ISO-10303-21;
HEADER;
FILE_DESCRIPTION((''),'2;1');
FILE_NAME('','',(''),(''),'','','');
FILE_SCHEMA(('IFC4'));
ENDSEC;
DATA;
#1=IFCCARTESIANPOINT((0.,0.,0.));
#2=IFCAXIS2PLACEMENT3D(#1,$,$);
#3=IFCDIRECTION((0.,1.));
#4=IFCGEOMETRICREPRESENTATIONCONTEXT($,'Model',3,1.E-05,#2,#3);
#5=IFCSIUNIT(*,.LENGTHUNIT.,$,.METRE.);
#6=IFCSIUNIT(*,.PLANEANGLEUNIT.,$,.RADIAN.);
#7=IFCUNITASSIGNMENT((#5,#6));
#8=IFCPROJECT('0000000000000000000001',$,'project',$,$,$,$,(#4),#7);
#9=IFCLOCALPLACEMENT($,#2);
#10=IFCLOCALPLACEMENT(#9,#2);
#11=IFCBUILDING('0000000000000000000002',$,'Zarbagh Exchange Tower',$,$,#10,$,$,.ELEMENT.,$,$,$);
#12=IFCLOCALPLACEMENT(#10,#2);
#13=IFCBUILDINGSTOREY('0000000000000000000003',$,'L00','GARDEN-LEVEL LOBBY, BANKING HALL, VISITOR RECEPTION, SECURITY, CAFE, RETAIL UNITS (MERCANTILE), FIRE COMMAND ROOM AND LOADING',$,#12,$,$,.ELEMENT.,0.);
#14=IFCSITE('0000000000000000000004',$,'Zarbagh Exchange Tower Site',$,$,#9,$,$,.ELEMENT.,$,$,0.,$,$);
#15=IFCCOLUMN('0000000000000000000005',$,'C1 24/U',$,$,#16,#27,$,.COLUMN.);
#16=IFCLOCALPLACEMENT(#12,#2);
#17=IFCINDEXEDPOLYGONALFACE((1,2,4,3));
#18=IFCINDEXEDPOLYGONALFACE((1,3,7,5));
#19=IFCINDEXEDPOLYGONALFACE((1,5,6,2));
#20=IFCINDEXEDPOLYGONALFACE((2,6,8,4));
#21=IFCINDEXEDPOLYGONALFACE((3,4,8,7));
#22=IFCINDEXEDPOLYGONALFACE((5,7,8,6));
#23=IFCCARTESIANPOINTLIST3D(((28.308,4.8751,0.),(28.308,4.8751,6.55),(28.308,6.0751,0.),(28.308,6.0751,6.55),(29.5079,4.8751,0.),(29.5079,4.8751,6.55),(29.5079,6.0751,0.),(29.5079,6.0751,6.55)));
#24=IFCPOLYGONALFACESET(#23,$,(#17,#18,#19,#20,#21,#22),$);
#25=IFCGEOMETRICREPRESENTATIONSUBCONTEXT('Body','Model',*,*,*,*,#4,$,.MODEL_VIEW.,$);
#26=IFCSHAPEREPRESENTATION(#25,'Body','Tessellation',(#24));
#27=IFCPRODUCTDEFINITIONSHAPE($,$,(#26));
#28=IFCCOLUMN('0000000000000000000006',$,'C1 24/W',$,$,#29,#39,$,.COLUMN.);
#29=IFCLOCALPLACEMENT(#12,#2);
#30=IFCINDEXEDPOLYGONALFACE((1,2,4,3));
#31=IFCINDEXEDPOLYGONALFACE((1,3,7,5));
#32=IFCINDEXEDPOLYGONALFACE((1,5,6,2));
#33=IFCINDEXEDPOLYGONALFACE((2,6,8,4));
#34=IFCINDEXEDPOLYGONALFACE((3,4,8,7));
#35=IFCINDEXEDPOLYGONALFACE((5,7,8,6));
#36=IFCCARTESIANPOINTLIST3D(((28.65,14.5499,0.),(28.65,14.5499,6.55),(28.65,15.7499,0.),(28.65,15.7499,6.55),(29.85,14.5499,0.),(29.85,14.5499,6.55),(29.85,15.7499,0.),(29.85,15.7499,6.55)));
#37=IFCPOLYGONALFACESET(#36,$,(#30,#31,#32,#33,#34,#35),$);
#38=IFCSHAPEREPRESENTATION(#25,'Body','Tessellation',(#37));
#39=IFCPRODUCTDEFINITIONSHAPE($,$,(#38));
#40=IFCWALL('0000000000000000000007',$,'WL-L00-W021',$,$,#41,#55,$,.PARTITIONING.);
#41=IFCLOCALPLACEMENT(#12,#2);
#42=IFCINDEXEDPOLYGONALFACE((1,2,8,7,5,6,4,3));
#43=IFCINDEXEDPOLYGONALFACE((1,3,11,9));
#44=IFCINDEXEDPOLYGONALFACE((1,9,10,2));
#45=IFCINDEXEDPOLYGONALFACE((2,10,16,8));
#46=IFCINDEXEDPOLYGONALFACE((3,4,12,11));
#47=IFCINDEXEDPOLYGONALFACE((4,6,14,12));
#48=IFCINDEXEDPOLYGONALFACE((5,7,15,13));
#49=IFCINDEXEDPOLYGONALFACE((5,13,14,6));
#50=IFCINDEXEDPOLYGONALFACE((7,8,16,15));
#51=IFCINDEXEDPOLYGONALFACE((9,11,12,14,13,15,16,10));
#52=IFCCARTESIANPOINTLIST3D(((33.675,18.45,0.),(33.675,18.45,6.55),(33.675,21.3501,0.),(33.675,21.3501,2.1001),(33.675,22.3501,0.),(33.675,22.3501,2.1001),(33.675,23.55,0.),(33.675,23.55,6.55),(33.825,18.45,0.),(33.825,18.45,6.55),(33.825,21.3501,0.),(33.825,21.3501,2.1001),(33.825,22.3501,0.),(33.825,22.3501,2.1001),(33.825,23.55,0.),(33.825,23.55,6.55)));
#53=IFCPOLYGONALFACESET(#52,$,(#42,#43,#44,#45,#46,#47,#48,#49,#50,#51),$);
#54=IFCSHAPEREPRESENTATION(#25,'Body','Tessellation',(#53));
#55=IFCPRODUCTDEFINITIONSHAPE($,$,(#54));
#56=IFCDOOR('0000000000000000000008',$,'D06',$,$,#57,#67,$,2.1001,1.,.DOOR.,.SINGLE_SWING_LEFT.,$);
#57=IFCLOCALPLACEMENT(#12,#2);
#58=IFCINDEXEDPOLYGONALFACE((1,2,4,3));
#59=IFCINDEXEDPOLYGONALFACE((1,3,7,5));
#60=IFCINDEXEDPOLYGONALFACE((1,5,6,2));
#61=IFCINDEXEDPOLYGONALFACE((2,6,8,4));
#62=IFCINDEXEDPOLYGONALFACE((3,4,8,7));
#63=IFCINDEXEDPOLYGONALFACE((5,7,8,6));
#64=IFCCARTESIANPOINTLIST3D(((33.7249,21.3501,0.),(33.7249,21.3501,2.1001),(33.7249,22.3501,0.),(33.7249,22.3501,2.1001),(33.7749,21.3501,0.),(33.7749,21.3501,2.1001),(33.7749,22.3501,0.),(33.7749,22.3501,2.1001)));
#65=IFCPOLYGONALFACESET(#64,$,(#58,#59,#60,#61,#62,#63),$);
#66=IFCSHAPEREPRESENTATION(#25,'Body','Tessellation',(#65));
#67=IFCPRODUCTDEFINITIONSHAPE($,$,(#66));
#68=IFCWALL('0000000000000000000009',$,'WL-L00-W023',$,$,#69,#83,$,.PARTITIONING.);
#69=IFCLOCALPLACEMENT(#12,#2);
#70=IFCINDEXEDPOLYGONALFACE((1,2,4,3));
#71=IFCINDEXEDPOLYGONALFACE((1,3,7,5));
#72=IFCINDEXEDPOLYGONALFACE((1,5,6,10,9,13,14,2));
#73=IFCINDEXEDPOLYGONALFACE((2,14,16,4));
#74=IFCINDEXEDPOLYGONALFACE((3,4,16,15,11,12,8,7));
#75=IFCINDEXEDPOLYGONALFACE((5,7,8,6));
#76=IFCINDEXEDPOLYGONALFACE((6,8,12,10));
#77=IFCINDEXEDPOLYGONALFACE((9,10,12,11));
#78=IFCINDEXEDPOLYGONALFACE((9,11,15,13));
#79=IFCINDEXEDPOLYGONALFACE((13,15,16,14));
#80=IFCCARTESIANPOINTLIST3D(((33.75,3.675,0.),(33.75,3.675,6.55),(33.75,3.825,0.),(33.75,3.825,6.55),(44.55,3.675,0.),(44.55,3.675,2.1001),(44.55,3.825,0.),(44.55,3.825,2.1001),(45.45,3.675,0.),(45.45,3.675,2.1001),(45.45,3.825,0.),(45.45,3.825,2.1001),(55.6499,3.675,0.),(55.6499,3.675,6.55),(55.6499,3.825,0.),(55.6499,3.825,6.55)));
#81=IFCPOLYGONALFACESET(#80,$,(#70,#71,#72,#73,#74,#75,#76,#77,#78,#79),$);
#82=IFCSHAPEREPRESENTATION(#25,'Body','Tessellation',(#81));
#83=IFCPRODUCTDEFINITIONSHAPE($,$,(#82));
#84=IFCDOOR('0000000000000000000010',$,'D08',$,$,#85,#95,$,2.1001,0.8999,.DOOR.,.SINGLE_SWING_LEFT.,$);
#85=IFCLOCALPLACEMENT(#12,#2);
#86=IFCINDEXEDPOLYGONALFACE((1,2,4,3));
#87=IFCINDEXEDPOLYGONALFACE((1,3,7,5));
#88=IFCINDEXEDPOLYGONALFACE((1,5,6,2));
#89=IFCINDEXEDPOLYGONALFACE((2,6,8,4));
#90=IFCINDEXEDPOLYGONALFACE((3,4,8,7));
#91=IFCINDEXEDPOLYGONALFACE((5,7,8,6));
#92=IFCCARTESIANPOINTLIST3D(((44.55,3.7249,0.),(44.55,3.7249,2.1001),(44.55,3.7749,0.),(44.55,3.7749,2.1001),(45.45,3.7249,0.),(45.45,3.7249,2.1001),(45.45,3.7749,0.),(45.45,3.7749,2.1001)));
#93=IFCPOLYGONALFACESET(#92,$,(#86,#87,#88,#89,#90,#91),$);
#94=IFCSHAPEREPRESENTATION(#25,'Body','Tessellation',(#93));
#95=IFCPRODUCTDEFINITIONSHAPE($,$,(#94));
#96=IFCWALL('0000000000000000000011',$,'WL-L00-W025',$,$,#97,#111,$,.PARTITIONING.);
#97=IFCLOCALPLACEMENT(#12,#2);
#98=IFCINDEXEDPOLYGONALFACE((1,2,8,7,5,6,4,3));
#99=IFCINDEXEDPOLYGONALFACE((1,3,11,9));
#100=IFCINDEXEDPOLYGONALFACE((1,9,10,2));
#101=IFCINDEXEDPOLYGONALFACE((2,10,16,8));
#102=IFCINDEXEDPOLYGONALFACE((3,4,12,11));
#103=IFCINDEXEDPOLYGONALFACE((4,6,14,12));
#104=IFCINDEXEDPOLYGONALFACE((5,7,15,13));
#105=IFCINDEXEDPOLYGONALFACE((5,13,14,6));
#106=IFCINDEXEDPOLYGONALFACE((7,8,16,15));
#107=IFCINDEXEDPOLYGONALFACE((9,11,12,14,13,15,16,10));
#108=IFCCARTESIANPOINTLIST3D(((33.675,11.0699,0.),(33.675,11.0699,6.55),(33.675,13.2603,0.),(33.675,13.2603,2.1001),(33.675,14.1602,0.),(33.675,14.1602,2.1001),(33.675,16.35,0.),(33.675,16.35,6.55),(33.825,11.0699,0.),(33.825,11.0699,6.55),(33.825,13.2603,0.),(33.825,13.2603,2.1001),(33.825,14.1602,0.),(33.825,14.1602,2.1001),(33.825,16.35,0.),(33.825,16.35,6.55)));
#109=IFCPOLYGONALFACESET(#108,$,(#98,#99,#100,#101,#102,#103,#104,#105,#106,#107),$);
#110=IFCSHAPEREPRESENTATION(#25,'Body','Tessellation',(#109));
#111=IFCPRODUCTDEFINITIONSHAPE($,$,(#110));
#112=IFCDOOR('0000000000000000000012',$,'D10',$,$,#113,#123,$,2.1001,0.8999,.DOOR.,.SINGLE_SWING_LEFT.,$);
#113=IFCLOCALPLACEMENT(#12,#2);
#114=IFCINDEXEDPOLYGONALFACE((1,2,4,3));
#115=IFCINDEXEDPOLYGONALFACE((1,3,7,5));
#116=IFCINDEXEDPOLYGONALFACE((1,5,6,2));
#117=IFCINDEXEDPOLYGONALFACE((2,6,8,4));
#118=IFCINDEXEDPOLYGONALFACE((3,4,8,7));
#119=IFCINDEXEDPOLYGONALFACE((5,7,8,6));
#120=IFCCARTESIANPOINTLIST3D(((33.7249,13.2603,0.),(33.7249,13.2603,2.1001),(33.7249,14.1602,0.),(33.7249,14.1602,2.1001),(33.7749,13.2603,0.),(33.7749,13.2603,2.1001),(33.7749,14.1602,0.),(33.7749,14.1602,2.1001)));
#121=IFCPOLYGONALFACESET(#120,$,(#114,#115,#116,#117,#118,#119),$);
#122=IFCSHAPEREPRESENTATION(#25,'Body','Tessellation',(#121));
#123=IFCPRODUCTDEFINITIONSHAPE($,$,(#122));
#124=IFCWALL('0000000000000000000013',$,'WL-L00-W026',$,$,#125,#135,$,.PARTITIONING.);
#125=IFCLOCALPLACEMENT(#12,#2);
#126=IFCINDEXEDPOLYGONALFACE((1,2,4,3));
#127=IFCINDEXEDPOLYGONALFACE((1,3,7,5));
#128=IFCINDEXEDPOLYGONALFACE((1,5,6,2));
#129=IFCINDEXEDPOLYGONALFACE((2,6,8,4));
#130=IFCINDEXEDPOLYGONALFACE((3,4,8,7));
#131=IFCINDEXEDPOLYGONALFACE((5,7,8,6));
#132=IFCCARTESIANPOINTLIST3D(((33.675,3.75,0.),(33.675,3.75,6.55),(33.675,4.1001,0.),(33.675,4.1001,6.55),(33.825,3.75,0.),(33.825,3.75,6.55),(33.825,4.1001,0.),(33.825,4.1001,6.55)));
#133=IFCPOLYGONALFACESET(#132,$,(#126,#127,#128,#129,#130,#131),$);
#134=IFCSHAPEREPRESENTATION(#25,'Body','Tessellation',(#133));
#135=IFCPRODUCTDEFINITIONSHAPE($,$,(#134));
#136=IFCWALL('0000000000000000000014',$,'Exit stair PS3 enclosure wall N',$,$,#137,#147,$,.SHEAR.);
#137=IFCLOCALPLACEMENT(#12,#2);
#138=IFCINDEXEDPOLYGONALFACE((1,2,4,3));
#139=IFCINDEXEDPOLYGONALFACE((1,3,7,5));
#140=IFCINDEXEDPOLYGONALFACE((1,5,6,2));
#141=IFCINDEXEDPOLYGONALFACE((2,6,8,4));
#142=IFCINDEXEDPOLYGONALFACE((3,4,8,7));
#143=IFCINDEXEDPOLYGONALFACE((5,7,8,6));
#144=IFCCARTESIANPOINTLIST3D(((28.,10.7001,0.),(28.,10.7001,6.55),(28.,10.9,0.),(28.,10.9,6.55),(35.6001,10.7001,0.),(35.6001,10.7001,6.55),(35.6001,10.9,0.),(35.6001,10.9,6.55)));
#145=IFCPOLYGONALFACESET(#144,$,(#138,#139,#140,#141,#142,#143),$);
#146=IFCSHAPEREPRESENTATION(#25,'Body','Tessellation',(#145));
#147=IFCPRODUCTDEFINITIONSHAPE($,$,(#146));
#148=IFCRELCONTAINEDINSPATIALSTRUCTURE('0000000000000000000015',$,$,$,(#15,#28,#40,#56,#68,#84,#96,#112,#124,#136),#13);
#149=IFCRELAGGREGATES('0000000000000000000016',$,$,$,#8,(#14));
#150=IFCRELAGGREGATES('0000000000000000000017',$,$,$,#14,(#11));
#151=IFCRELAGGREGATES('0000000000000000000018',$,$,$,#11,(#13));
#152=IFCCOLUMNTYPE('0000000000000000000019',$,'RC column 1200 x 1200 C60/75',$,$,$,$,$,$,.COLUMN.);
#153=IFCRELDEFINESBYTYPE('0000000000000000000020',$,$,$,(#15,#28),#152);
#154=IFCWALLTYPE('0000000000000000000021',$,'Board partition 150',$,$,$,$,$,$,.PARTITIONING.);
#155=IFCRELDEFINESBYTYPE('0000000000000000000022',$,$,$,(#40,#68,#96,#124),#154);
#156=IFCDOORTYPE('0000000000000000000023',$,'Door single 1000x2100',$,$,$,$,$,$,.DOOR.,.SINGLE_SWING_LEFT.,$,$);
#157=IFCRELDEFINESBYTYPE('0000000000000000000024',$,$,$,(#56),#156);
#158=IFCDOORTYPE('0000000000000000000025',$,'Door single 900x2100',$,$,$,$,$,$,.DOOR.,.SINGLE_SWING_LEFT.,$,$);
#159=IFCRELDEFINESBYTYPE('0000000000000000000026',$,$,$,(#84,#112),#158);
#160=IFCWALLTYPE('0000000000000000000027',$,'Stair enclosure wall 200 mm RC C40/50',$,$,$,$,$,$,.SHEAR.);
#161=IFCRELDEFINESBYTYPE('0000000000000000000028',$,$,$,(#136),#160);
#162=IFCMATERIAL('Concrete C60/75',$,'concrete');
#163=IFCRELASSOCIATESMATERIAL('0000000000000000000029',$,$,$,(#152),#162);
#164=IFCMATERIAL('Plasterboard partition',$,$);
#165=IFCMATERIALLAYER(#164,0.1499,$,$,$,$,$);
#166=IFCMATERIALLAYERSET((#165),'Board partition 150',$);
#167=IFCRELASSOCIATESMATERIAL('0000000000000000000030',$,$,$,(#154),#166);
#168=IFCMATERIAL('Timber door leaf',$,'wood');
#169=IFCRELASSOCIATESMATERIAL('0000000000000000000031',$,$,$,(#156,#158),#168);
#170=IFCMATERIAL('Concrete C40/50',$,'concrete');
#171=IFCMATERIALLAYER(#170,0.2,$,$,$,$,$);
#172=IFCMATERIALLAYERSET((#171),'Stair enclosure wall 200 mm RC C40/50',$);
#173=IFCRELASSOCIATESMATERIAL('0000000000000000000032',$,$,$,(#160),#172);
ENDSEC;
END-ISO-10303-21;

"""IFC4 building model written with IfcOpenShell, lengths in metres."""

from ifc_helpers import new_model, si_unit, direction, frame, frame_2d, origin, origin_2d, place, context, subcontext, project, spatial, rectangle, extrude, material, layer, layer_set, material_profile, profile_set, type_object, element, fill, save


model = new_model("IFC4")

# Units and contexts
model_context = context("Model", 3, precision=1e-05, world=origin(), true_north=direction((0.0, 1.0)))
body_context = subcontext(model_context, "Body", "Model", "MODEL_VIEW")
ifc_project = project(units=[si_unit("LENGTHUNIT", "METRE"), si_unit("PLANEANGLEUNIT", "RADIAN")], contexts=[model_context])

# Site, building, storey
site_placement = place(None, origin())
site = spatial("IfcSite", under=ifc_project, at=site_placement, Name="Zarbagh Exchange Tower Site", CompositionType="ELEMENT", RefElevation=0.0)
building_placement = place(site_placement, origin())
building = spatial("IfcBuilding", under=site, at=building_placement, Name="Zarbagh Exchange Tower", CompositionType="ELEMENT")
storey_placement = place(building_placement, origin())
storey = spatial("IfcBuildingStorey", under=building, at=storey_placement, Name="L00", Description="GARDEN-LEVEL LOBBY, BANKING HALL, VISITOR RECEPTION, SECURITY, CAFE, RETAIL UNITS (MERCANTILE), FIRE COMMAND ROOM AND LOADING", CompositionType="ELEMENT", Elevation=0.0)

# Columns
ifc_material_1 = material(Name="Concrete C60/75", Category="concrete")
ifc_material_profile = material_profile(ifc_material_1, rectangle(XDim=1.2, YDim=1.2, at=origin_2d()), Name="RC column 1200 x 1200 C60/75")
ifc_profile_set = profile_set([ifc_material_profile], Name="Concrete C60/75")
column_type = type_object("IfcColumnType", Name="RC column 1200 x 1200 C60/75", PredefinedType="COLUMN", material=ifc_profile_set)
for number, where, z_axis, x_axis, name in (
    (1, (28.908, 5.4751, 0.0), (0.0, 0.0, 1.0), (1.0, 0.0, 0.0), "C1 24/U"),
    (2, (29.25, 15.1499, 0.0), (0.0, 0.0, 1.0), (1.0, 0.0, 0.0), "C1 24/W"),
):
    element("IfcColumn", number, at=place(storey_placement, frame(where, z_axis=z_axis, x_axis=x_axis)), inside=storey, type_object=column_type, Name=name, PredefinedType="COLUMN", context=body_context, shape_type="SweptSolid", body=[
        extrude(rectangle(XDim=1.2, YDim=1.2, at=origin_2d()), origin(), (0.0, 0.0, 1.0), 6.55),
    ])

# Walls, openings, doors
ifc_material_2 = material(Name="Plasterboard partition")
ifc_layer_1 = layer(ifc_material_2, 0.1499)
ifc_layer_set_1 = layer_set([ifc_layer_1], Name="Board partition 150")
wall_type_1 = type_object("IfcWallType", Name="Board partition 150", PredefinedType="PARTITIONING", material=ifc_layer_set_1)
wall_1_placement = place(storey_placement, frame((33.75, 23.55, 0.0), z_axis=(0.0, 0.0, 1.0), x_axis=(0.0, -1.0, 0.0)))
wall_1 = element("IfcWall", 3, at=wall_1_placement, inside=storey, type_object=wall_type_1, Name="WL-L00-W021", PredefinedType="PARTITIONING", context=body_context, shape_type="SweptSolid", body=[
    extrude(rectangle(XDim=5.1001, YDim=0.1499, at=frame_2d((2.55, 0.0))), origin(), (0.0, 0.0, 1.0), 6.55),
])
opening_1_placement = place(wall_1_placement, frame((1.2, 0.0, 0.0)))
opening_1 = element("IfcOpeningElement", 4, at=opening_1_placement, cuts=wall_1, PredefinedType="OPENING", context=body_context, shape_type="SweptSolid", body=[
    extrude(rectangle(XDim=1.0, YDim=2.1001, at=frame_2d((0.5, 1.05))), frame((0.0, 0.085, 0.0), z_axis=(0.0, -1.0, 0.0), x_axis=(1.0, 0.0, 0.0)), (0.0, 0.0, 1.0), 0.1699),
])
ifc_material_3 = material(Name="Timber door leaf", Category="wood")
door_type_1 = type_object("IfcDoorType", Name="Door single 1000x2100", OperationType="SINGLE_SWING_LEFT", PredefinedType="DOOR", material=ifc_material_3)
door_1_placement = place(opening_1_placement, origin())
door_1 = element("IfcDoor", 5, at=door_1_placement, inside=storey, type_object=door_type_1, Name="D06", OperationType="SINGLE_SWING_LEFT", OverallHeight=2.1001, OverallWidth=1.0, PredefinedType="DOOR", context=body_context, shape_type="SweptSolid", body=[
    extrude(rectangle(XDim=1.0, YDim=2.1001, at=frame_2d((0.5, 1.05))), frame((0.0, 0.0249, 0.0), z_axis=(0.0, -1.0, 0.0), x_axis=(1.0, 0.0, 0.0)), (0.0, 0.0, 1.0), 0.05),
])
fill(opening_1, door_1)
wall_2_placement = place(storey_placement, frame((33.75, 3.75, 0.0), z_axis=(0.0, 0.0, 1.0), x_axis=(1.0, 0.0, 0.0)))
wall_2 = element("IfcWall", 6, at=wall_2_placement, inside=storey, type_object=wall_type_1, Name="WL-L00-W023", PredefinedType="PARTITIONING", context=body_context, shape_type="SweptSolid", body=[
    extrude(rectangle(XDim=21.8999, YDim=0.1499, at=frame_2d((10.95, 0.0))), origin(), (0.0, 0.0, 1.0), 6.55),
])
opening_2_placement = place(wall_2_placement, frame((10.8, 0.0, 0.0)))
opening_2 = element("IfcOpeningElement", 7, at=opening_2_placement, cuts=wall_2, PredefinedType="OPENING", context=body_context, shape_type="SweptSolid", body=[
    extrude(rectangle(XDim=0.8999, YDim=2.1001, at=frame_2d((0.45, 1.05))), frame((0.0, 0.085, 0.0), z_axis=(0.0, -1.0, 0.0), x_axis=(1.0, 0.0, 0.0)), (0.0, 0.0, 1.0), 0.1699),
])
door_type_2 = type_object("IfcDoorType", Name="Door single 900x2100", OperationType="SINGLE_SWING_LEFT", PredefinedType="DOOR", material=ifc_material_3)
door_2_placement = place(opening_2_placement, origin())
door_2 = element("IfcDoor", 8, at=door_2_placement, inside=storey, type_object=door_type_2, Name="D08", OperationType="SINGLE_SWING_LEFT", OverallHeight=2.1001, OverallWidth=0.8999, PredefinedType="DOOR", context=body_context, shape_type="SweptSolid", body=[
    extrude(rectangle(XDim=0.8999, YDim=2.1001, at=frame_2d((0.45, 1.05))), frame((0.0, 0.0249, 0.0), z_axis=(0.0, -1.0, 0.0), x_axis=(1.0, 0.0, 0.0)), (0.0, 0.0, 1.0), 0.05),
])
fill(opening_2, door_2)
wall_3_placement = place(storey_placement, frame((33.75, 16.3501, 0.0), z_axis=(0.0, 0.0, 1.0), x_axis=(0.0, -1.0, 0.0)))
wall_3 = element("IfcWall", 9, at=wall_3_placement, inside=storey, type_object=wall_type_1, Name="WL-L00-W025", PredefinedType="PARTITIONING", context=body_context, shape_type="SweptSolid", body=[
    extrude(rectangle(XDim=5.28, YDim=0.1499, at=frame_2d((2.6401, 0.0))), origin(), (0.0, 0.0, 1.0), 6.55),
])
opening_3_placement = place(wall_3_placement, frame((2.1899, 0.0, 0.0)))
opening_3 = element("IfcOpeningElement", 10, at=opening_3_placement, cuts=wall_3, PredefinedType="OPENING", context=body_context, shape_type="SweptSolid", body=[
    extrude(rectangle(XDim=0.8999, YDim=2.1001, at=frame_2d((0.45, 1.05))), frame((0.0, 0.085, 0.0), z_axis=(0.0, -1.0, 0.0), x_axis=(1.0, 0.0, 0.0)), (0.0, 0.0, 1.0), 0.1699),
])
door_3_placement = place(opening_3_placement, origin())
door_3 = element("IfcDoor", 11, at=door_3_placement, inside=storey, type_object=door_type_2, Name="D10", OperationType="SINGLE_SWING_LEFT", OverallHeight=2.1001, OverallWidth=0.8999, PredefinedType="DOOR", context=body_context, shape_type="SweptSolid", body=[
    extrude(rectangle(XDim=0.8999, YDim=2.1001, at=frame_2d((0.45, 1.05))), frame((0.0, 0.0249, 0.0), z_axis=(0.0, -1.0, 0.0), x_axis=(1.0, 0.0, 0.0)), (0.0, 0.0, 1.0), 0.05),
])
fill(opening_3, door_3)

# Walls
wall_4_placement = place(storey_placement, frame((33.75, 3.75, 0.0), z_axis=(0.0, 0.0, 1.0), x_axis=(0.0, 1.0, 0.0)))
element("IfcWall", 12, at=wall_4_placement, inside=storey, type_object=wall_type_1, Name="WL-L00-W026", PredefinedType="PARTITIONING", context=body_context, shape_type="SweptSolid", body=[
    extrude(rectangle(XDim=0.3501, YDim=0.1499, at=frame_2d((0.175, 0.0))), origin(), (0.0, 0.0, 1.0), 6.55),
])
ifc_material_4 = material(Name="Concrete C40/50", Category="concrete")
ifc_layer_2 = layer(ifc_material_4, 0.2)
ifc_layer_set_2 = layer_set([ifc_layer_2], Name="Stair enclosure wall 200 mm RC C40/50")
wall_type_2 = type_object("IfcWallType", Name="Stair enclosure wall 200 mm RC C40/50", PredefinedType="SHEAR", material=ifc_layer_set_2)
wall_5_placement = place(storey_placement, frame((28.0, 10.8, 0.0), z_axis=(0.0, 0.0, 1.0), x_axis=(1.0, 0.0, 0.0)))
element("IfcWall", 13, at=wall_5_placement, inside=storey, type_object=wall_type_2, Name="Exit stair PS3 enclosure wall N", PredefinedType="SHEAR", context=body_context, shape_type="SweptSolid", body=[
    extrude(rectangle(XDim=7.6001, YDim=0.2, at=frame_2d((3.8, 0.0))), origin(), (0.0, 0.0, 1.0), 6.55),
])

save(model, "model.ifc")
